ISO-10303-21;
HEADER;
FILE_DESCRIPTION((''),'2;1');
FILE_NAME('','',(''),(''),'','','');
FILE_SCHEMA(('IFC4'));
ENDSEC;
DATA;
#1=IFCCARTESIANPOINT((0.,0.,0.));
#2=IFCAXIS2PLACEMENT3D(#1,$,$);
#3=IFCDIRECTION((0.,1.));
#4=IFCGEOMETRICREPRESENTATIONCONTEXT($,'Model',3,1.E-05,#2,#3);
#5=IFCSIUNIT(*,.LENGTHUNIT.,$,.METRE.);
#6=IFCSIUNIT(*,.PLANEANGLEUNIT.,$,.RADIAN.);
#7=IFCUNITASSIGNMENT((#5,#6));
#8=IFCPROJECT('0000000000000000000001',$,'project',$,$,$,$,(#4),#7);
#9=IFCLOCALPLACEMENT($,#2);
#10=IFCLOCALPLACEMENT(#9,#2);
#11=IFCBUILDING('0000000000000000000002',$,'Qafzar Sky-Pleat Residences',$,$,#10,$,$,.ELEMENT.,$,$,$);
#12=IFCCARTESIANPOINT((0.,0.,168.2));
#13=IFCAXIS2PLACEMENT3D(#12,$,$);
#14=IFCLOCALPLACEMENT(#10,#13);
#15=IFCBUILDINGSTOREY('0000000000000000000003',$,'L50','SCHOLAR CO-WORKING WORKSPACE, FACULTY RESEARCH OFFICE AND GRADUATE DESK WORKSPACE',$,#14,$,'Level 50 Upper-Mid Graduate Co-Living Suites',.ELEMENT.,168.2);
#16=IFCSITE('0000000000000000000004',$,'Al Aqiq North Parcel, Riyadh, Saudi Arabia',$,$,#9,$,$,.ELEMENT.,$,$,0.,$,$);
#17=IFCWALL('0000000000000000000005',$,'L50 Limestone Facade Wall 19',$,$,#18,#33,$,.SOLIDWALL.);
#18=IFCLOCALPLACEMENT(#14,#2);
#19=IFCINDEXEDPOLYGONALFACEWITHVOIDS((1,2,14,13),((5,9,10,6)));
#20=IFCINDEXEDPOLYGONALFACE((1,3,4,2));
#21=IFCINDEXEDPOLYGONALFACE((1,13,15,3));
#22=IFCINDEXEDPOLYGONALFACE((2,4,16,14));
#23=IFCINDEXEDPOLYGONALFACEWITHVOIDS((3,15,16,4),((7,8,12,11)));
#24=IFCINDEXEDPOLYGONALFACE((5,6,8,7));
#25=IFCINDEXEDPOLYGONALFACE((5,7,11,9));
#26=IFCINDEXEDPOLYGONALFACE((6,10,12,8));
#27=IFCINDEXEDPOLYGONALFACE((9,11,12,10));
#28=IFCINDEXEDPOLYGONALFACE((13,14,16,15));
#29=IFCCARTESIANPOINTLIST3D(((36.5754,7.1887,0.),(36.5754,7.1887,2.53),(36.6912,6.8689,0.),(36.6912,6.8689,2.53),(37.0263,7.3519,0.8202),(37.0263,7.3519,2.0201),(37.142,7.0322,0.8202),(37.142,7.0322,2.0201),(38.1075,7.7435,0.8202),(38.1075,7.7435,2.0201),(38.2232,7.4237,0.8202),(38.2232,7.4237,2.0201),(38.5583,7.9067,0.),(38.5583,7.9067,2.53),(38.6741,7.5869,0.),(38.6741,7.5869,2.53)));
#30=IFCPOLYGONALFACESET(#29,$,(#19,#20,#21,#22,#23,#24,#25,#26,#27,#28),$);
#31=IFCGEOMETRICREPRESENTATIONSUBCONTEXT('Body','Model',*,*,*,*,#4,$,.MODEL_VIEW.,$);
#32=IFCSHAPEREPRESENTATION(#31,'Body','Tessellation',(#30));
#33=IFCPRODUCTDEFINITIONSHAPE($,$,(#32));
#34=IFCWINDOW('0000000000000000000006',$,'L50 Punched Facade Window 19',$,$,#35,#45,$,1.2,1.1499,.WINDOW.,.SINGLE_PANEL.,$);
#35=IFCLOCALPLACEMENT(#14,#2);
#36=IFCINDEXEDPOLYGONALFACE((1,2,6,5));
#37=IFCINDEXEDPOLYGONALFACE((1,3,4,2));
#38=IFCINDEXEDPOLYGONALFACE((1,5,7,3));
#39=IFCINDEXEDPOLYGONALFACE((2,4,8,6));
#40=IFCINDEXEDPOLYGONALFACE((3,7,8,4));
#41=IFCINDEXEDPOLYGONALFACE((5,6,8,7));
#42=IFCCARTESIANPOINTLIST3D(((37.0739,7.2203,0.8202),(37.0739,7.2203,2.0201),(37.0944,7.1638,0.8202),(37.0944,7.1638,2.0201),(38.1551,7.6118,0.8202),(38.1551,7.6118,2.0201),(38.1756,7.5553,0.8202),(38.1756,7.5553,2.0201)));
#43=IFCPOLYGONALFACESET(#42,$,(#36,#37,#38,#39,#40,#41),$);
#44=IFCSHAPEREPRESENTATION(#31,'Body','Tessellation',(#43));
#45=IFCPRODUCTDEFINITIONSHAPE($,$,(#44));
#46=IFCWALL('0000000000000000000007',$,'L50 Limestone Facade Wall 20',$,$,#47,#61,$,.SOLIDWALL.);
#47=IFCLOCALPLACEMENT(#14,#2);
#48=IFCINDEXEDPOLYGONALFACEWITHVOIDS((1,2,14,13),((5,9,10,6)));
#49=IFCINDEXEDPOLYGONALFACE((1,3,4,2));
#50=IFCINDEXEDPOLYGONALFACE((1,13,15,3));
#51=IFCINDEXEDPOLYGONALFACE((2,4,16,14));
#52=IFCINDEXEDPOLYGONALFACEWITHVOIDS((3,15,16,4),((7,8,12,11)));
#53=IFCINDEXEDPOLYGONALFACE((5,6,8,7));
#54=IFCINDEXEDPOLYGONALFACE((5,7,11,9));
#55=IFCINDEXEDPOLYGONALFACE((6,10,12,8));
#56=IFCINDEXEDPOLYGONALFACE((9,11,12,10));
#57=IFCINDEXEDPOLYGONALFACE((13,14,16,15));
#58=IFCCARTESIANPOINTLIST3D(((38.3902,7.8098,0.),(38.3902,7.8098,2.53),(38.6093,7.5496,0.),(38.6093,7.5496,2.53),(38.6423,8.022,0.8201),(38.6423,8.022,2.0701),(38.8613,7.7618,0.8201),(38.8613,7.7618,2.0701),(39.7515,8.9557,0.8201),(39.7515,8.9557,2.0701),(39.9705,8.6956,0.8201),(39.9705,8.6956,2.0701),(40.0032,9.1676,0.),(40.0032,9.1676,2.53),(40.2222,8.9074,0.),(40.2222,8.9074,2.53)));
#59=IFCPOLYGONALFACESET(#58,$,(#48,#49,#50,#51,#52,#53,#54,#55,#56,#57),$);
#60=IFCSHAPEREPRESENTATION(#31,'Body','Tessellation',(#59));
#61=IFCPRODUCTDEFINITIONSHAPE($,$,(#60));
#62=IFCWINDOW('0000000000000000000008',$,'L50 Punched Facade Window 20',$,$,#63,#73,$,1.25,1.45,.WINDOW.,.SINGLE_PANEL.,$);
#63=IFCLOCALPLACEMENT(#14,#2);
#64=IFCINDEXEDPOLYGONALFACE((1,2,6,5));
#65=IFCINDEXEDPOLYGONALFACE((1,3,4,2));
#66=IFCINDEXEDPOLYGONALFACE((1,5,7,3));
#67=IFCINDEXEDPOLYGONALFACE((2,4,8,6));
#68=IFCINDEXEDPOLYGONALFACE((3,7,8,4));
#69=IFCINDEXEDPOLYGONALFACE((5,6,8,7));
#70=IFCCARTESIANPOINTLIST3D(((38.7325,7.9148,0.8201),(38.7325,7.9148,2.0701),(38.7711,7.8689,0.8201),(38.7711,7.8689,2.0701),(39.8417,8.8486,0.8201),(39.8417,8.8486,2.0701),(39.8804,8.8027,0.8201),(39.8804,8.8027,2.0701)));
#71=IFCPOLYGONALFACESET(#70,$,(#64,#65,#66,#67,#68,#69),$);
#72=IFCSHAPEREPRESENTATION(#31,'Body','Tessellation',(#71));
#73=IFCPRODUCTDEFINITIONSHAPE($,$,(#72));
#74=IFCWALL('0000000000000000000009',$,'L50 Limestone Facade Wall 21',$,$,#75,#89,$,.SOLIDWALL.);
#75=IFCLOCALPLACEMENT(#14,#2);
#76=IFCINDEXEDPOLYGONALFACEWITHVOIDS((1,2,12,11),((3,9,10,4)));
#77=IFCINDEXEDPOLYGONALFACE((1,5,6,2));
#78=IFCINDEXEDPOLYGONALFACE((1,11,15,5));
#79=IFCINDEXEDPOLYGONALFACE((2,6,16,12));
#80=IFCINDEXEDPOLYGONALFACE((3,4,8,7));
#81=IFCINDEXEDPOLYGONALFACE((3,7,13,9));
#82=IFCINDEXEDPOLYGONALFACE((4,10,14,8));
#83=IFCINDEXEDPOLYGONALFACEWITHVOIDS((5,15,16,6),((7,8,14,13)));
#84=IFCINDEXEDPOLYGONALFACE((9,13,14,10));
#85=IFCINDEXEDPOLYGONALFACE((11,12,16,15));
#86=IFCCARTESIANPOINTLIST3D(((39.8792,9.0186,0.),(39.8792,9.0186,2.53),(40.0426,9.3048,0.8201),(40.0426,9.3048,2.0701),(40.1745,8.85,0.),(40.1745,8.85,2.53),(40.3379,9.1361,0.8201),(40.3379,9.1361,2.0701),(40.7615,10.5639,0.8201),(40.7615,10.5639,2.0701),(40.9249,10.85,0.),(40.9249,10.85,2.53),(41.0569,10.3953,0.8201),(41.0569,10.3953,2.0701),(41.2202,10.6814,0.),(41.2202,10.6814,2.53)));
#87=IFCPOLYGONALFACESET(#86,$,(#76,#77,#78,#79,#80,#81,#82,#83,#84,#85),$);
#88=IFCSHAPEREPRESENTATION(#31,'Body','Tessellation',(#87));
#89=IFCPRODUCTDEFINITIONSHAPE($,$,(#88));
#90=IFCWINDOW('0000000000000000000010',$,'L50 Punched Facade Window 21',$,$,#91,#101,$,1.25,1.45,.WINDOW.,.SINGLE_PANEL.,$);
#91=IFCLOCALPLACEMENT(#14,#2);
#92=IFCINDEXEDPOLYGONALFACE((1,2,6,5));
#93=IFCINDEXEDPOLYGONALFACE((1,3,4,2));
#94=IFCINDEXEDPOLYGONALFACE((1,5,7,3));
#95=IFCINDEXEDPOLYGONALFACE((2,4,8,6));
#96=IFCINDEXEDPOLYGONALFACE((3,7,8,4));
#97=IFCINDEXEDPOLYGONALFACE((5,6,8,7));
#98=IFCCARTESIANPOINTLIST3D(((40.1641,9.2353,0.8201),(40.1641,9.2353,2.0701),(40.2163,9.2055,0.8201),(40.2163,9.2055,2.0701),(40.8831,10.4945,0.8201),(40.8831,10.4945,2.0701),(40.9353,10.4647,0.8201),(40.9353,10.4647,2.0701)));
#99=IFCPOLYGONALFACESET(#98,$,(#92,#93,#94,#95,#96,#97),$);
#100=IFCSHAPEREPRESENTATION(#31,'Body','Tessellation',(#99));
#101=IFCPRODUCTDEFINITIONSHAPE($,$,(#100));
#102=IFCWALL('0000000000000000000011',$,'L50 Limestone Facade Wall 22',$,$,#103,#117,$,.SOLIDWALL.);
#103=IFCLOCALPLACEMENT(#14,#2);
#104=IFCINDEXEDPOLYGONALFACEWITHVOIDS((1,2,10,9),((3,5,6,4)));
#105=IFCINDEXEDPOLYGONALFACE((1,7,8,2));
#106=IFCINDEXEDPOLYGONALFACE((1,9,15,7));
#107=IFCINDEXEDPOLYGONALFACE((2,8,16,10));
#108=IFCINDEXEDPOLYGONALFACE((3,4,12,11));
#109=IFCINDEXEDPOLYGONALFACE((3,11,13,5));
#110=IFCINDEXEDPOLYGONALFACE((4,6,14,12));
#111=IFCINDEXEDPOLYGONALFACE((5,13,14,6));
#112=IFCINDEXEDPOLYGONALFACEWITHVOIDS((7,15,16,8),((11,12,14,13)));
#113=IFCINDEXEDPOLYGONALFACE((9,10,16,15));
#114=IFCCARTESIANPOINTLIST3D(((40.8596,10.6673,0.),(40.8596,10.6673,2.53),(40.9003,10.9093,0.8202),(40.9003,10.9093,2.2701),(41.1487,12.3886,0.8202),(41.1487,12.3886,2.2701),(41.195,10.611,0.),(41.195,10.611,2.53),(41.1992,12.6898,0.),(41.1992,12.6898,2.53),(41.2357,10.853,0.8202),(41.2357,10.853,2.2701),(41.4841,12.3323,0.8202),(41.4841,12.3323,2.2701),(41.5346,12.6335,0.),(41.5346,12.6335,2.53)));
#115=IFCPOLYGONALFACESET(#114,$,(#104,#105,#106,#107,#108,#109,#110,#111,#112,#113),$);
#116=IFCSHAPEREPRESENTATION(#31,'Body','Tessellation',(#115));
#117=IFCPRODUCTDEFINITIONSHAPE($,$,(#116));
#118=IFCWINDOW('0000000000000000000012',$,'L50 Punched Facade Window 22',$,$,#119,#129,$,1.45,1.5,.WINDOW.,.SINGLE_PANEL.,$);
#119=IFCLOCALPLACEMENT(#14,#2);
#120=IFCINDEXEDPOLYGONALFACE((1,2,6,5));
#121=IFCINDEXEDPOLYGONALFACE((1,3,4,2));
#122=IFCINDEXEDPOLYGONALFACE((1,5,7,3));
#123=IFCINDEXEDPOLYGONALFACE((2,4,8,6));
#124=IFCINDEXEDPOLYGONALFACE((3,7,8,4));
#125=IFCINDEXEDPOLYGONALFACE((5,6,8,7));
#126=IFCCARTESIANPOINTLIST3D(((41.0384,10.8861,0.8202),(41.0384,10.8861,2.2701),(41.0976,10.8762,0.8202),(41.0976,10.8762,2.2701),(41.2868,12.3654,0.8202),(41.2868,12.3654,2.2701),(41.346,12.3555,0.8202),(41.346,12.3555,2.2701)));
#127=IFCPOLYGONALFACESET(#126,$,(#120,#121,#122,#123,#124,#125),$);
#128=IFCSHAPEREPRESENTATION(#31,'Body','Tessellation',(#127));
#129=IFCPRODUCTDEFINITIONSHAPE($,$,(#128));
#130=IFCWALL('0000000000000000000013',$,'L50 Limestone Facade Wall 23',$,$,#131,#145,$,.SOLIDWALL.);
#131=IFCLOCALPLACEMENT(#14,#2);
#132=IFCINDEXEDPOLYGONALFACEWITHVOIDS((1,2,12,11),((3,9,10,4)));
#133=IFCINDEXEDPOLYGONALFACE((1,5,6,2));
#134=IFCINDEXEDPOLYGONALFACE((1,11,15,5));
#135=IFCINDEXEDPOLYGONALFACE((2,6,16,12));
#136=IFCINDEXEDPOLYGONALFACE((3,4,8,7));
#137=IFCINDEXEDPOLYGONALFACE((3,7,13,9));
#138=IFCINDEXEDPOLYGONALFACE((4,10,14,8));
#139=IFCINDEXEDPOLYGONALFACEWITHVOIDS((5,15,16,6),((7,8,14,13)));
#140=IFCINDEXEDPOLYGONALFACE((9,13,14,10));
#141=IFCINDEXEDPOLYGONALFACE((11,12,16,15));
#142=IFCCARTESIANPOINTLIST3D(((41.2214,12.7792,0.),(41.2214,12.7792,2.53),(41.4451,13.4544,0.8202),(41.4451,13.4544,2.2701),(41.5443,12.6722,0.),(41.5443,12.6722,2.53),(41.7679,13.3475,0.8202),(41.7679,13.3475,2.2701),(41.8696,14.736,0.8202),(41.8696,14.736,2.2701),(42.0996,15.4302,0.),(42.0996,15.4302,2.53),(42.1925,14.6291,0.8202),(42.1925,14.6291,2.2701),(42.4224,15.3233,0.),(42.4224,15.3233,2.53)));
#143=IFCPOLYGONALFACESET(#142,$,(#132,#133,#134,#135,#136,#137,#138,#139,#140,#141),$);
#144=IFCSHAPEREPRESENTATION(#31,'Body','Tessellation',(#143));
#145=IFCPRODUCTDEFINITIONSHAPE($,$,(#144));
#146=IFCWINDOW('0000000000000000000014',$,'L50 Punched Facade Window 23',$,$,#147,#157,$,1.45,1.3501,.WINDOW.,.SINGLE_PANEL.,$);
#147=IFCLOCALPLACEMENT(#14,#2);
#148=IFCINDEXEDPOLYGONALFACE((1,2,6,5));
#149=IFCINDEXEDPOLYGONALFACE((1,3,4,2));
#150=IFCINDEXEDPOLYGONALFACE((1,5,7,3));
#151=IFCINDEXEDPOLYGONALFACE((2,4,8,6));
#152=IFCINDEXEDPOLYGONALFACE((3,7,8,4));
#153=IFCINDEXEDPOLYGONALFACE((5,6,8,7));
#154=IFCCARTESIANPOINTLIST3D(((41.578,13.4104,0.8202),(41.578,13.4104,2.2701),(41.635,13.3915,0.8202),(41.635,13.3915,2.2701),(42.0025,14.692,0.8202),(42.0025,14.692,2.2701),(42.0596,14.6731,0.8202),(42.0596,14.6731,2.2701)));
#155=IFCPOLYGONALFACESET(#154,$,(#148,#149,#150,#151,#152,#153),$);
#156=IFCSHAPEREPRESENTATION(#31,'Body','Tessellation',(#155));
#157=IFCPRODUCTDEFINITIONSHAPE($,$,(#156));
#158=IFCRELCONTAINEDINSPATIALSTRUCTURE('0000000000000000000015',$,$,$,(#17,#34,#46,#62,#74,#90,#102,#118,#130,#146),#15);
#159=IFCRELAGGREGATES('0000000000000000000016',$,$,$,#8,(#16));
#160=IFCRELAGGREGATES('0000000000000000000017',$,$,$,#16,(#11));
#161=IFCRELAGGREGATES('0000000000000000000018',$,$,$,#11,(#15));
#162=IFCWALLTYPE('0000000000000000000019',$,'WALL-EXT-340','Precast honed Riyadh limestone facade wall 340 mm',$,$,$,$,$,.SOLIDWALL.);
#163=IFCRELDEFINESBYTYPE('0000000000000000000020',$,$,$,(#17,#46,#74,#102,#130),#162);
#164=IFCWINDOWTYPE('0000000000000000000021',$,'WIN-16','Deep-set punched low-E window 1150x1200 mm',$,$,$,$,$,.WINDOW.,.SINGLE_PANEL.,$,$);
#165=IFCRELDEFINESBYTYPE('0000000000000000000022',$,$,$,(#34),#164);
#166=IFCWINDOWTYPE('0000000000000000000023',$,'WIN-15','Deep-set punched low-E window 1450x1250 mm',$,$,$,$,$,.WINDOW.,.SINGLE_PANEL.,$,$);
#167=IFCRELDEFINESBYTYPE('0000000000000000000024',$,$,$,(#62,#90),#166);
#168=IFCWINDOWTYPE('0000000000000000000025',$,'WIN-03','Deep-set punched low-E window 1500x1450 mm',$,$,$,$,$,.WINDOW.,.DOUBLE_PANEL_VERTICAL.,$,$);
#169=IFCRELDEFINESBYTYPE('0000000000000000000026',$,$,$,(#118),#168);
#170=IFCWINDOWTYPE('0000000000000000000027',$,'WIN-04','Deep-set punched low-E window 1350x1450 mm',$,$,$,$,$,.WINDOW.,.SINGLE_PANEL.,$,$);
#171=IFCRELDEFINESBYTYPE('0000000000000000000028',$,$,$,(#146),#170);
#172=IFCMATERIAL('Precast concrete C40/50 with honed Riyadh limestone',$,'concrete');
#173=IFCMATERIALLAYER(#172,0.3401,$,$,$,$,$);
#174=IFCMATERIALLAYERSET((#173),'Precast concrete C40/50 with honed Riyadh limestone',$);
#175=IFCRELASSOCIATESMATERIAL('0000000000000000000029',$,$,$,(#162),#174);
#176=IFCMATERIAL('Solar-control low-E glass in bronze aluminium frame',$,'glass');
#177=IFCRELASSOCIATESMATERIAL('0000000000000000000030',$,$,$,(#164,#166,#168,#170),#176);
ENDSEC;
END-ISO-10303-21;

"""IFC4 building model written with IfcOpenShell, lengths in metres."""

from ifc_helpers import new_model, si_unit, direction, frame, frame_2d, origin, place, context, subcontext, project, spatial, rectangle, extrude, source, transform, mapped, material, layer, layer_set, type_object, element, fill, save


model = new_model("IFC4")

# Units and contexts
model_context = context("Model", 3, precision=1e-05, world=origin(), true_north=direction((0.0, 1.0)))
body_context = subcontext(model_context, "Body", "Model", "MODEL_VIEW")
ifc_project = project(units=[si_unit("LENGTHUNIT", "METRE"), si_unit("PLANEANGLEUNIT", "RADIAN")], contexts=[model_context])

# Site, building, storey
site_placement = place(None, origin())
site = spatial("IfcSite", under=ifc_project, at=site_placement, Name="Al Aqiq North Parcel, Riyadh, Saudi Arabia", CompositionType="ELEMENT", RefElevation=0.0)
building_placement = place(site_placement, origin())
building = spatial("IfcBuilding", under=site, at=building_placement, Name="Qafzar Sky-Pleat Residences", CompositionType="ELEMENT")
storey_placement = place(building_placement, frame((0.0, 0.0, 168.2)))
storey = spatial("IfcBuildingStorey", under=building, at=storey_placement, Name="L50", Description="SCHOLAR CO-WORKING WORKSPACE, FACULTY RESEARCH OFFICE AND GRADUATE DESK WORKSPACE", LongName="Level 50 Upper-Mid Graduate Co-Living Suites", CompositionType="ELEMENT", Elevation=168.2)

# Walls, openings, windows
ifc_material_1 = material(Name="Precast concrete C40/50 with honed Riyadh limestone", Category="concrete")
ifc_layer_1 = layer(ifc_material_1, 0.3401)
ifc_layer_set_1 = layer_set([ifc_layer_1], Name="Precast concrete C40/50 with honed Riyadh limestone")
wall_type = type_object("IfcWallType", Name="WALL-EXT-340", Description="Precast honed Riyadh limestone facade wall 340 mm", PredefinedType="SOLIDWALL", material=ifc_layer_set_1)
wall_1_placement = place(storey_placement, frame((36.6333, 7.0288, 0.0), z_axis=(0.0, 0.0, 1.0), x_axis=(0.940256, 0.340469, 0.0)))
wall_1 = element("IfcWall", 1, at=wall_1_placement, inside=storey, type_object=wall_type, Name="L50 Limestone Facade Wall 19", PredefinedType="SOLIDWALL", context=body_context, shape_type="SweptSolid", body=[
    extrude(rectangle(XDim=2.1089, YDim=0.3401, at=frame_2d((1.0544, 0.0))), origin(), (0.0, 0.0, 1.0), 2.53),
])
opening_1_placement = place(wall_1_placement, frame((0.4795, 0.0, 0.8201)))
opening_1 = element("IfcOpeningElement", 2, at=opening_1_placement, cuts=wall_1, PredefinedType="OPENING", context=body_context, shape_type="SweptSolid", body=[
    extrude(rectangle(XDim=1.1499, YDim=1.2, at=frame_2d((0.575, 0.6001))), frame((0.0, 0.1802, 0.0), z_axis=(0.0, -1.0, 0.0), x_axis=(1.0, 0.0, 0.0)), (0.0, 0.0, 1.0), 0.3601),
])
ifc_material_2 = material(Name="Solar-control low-E glass in bronze aluminium frame", Category="glass")
window_type_1 = type_object("IfcWindowType", Name="WIN-16", Description="Deep-set punched low-E window 1150x1200 mm", PartitioningType="SINGLE_PANEL", PredefinedType="WINDOW", material=ifc_material_2)
shared_shape_1 = source(origin(), body_context, "Body", "SweptSolid", [
    extrude(rectangle(XDim=1.1499, YDim=1.2, at=frame_2d((0.575, 0.6001))), frame((0.0, 0.03, 0.0), z_axis=(0.0, -1.0, 0.0), x_axis=(1.0, 0.0, 0.0)), (0.0, 0.0, 1.0), 0.0601),
])
window_1_placement = place(opening_1_placement, origin())
window_1 = element("IfcWindow", 3, at=window_1_placement, inside=storey, type_object=window_type_1, Name="L50 Punched Facade Window 19", OverallHeight=1.2, OverallWidth=1.1499, PartitioningType="SINGLE_PANEL", PredefinedType="WINDOW", context=body_context, shape_type="MappedRepresentation", body=[
    mapped(shared_shape_1, transform((0.0, 0.0, 0.0), x_axis=(1.0, 0.0, 0.0), y_axis=(0.0, 1.0, 0.0), z_axis=(0.0, 0.0, 1.0), scale=1.0)),
])
fill(opening_1, window_1)
wall_2_placement = place(storey_placement, frame((38.4998, 7.6797, 0.0), z_axis=(0.0, 0.0, 1.0), x_axis=(0.765013, 0.644015, 0.0)))
wall_2 = element("IfcWall", 4, at=wall_2_placement, inside=storey, type_object=wall_type, Name="L50 Limestone Facade Wall 20", PredefinedType="SOLIDWALL", context=body_context, shape_type="SweptSolid", body=[
    extrude(rectangle(XDim=2.1084, YDim=0.3401, at=frame_2d((1.0542, 0.0))), origin(), (0.0, 0.0, 1.0), 2.53),
])
opening_2_placement = place(wall_2_placement, frame((0.3293, 0.0, 0.8201)))
opening_2 = element("IfcOpeningElement", 5, at=opening_2_placement, cuts=wall_2, PredefinedType="OPENING", context=body_context, shape_type="SweptSolid", body=[
    extrude(rectangle(XDim=1.45, YDim=1.25, at=frame_2d((0.7251, 0.625))), frame((0.0, 0.1802, 0.0), z_axis=(0.0, -1.0, 0.0), x_axis=(1.0, 0.0, 0.0)), (0.0, 0.0, 1.0), 0.3601),
])
window_type_2 = type_object("IfcWindowType", Name="WIN-15", Description="Deep-set punched low-E window 1450x1250 mm", PartitioningType="SINGLE_PANEL", PredefinedType="WINDOW", material=ifc_material_2)
shared_shape_2 = source(origin(), body_context, "Body", "SweptSolid", [
    extrude(rectangle(XDim=1.45, YDim=1.25, at=frame_2d((0.7251, 0.625))), frame((0.0, 0.03, 0.0), z_axis=(0.0, -1.0, 0.0), x_axis=(1.0, 0.0, 0.0)), (0.0, 0.0, 1.0), 0.0601),
])
window_2_placement = place(opening_2_placement, origin())
window_2 = element("IfcWindow", 6, at=window_2_placement, inside=storey, type_object=window_type_2, Name="L50 Punched Facade Window 20", OverallHeight=1.25, OverallWidth=1.45, PartitioningType="SINGLE_PANEL", PredefinedType="WINDOW", context=body_context, shape_type="MappedRepresentation", body=[
    mapped(shared_shape_2, transform((0.0, 0.0, 0.0), x_axis=(1.0, 0.0, 0.0), y_axis=(0.0, 1.0, 0.0), z_axis=(0.0, 0.0, 1.0), scale=1.0)),
])
fill(opening_2, window_2)
wall_3_placement = place(storey_placement, frame((40.0269, 8.9343, 0.0), z_axis=(0.0, 0.0, 1.0), x_axis=(0.495852, 0.868407, 0.0)))
wall_3 = element("IfcWall", 7, at=wall_3_placement, inside=storey, type_object=wall_type, Name="L50 Limestone Facade Wall 21", PredefinedType="SOLIDWALL", context=body_context, shape_type="SweptSolid", body=[
    extrude(rectangle(XDim=2.1089, YDim=0.3401, at=frame_2d((1.0544, 0.0))), origin(), (0.0, 0.0, 1.0), 2.53),
])
opening_3_placement = place(wall_3_placement, frame((0.3293, 0.0, 0.8201)))
opening_3 = element("IfcOpeningElement", 8, at=opening_3_placement, cuts=wall_3, PredefinedType="OPENING", context=body_context, shape_type="SweptSolid", body=[
    extrude(rectangle(XDim=1.45, YDim=1.25, at=frame_2d((0.7251, 0.625))), frame((0.0, 0.1802, 0.0), z_axis=(0.0, -1.0, 0.0), x_axis=(1.0, 0.0, 0.0)), (0.0, 0.0, 1.0), 0.3601),
])
window_3_placement = place(opening_3_placement, origin())
window_3 = element("IfcWindow", 9, at=window_3_placement, inside=storey, type_object=window_type_2, Name="L50 Punched Facade Window 21", OverallHeight=1.25, OverallWidth=1.45, PartitioningType="SINGLE_PANEL", PredefinedType="WINDOW", context=body_context, shape_type="MappedRepresentation", body=[
    mapped(shared_shape_2, transform((0.0, 0.0, 0.0), x_axis=(1.0, 0.0, 0.0), y_axis=(0.0, 1.0, 0.0), z_axis=(0.0, 0.0, 1.0), scale=1.0)),
])
fill(opening_3, window_3)
wall_4_placement = place(storey_placement, frame((41.0273, 10.6392, 0.0), z_axis=(0.0, 0.0, 1.0), x_axis=(0.165596, 0.986194, 0.0)))
wall_4 = element("IfcWall", 10, at=wall_4_placement, inside=storey, type_object=wall_type, Name="L50 Limestone Facade Wall 22", PredefinedType="SOLIDWALL", context=body_context, shape_type="SweptSolid", body=[
    extrude(rectangle(XDim=2.0508, YDim=0.3401, at=frame_2d((1.0254, 0.0))), origin(), (0.0, 0.0, 1.0), 2.53),
])
opening_4_placement = place(wall_4_placement, frame((0.2454, 0.0, 0.8201)))
opening_4 = element("IfcOpeningElement", 11, at=opening_4_placement, cuts=wall_4, PredefinedType="OPENING", context=body_context, shape_type="SweptSolid", body=[
    extrude(rectangle(XDim=1.5, YDim=1.45, at=frame_2d((0.75, 0.7251))), frame((0.0, 0.1802, 0.0), z_axis=(0.0, -1.0, 0.0), x_axis=(1.0, 0.0, 0.0)), (0.0, 0.0, 1.0), 0.3601),
])
window_type_3 = type_object("IfcWindowType", Name="WIN-03", Description="Deep-set punched low-E window 1500x1450 mm", PartitioningType="DOUBLE_PANEL_VERTICAL", PredefinedType="WINDOW", material=ifc_material_2)
shared_shape_3 = source(origin(), body_context, "Body", "SweptSolid", [
    extrude(rectangle(XDim=1.5, YDim=1.45, at=frame_2d((0.75, 0.7251))), frame((0.0, 0.03, 0.0), z_axis=(0.0, -1.0, 0.0), x_axis=(1.0, 0.0, 0.0)), (0.0, 0.0, 1.0), 0.0601),
])
window_4_placement = place(opening_4_placement, origin())
window_4 = element("IfcWindow", 12, at=window_4_placement, inside=storey, type_object=window_type_3, Name="L50 Punched Facade Window 22", OverallHeight=1.45, OverallWidth=1.5, PartitioningType="SINGLE_PANEL", PredefinedType="WINDOW", context=body_context, shape_type="MappedRepresentation", body=[
    mapped(shared_shape_3, transform((0.0, 0.0, 0.0), x_axis=(1.0, 0.0, 0.0), y_axis=(0.0, 1.0, 0.0), z_axis=(0.0, 0.0, 1.0), scale=1.0)),
])
fill(opening_4, window_4)
wall_5_placement = place(storey_placement, frame((41.3828, 12.7256, 0.0), z_axis=(0.0, 0.0, 1.0), x_axis=(0.314444, 0.949276, 0.0)))
wall_5 = element("IfcWall", 13, at=wall_5_placement, inside=storey, type_object=wall_type, Name="L50 Limestone Facade Wall 23", PredefinedType="SOLIDWALL", context=body_context, shape_type="SweptSolid", body=[
    extrude(rectangle(XDim=2.7927, YDim=0.3401, at=frame_2d((1.3965, 0.0))), origin(), (0.0, 0.0, 1.0), 2.53),
])
opening_5_placement = place(wall_5_placement, frame((0.7114, 0.0, 0.8201)))
opening_5 = element("IfcOpeningElement", 14, at=opening_5_placement, cuts=wall_5, PredefinedType="OPENING", context=body_context, shape_type="SweptSolid", body=[
    extrude(rectangle(XDim=1.3501, YDim=1.45, at=frame_2d((0.675, 0.7251))), frame((0.0, 0.1802, 0.0), z_axis=(0.0, -1.0, 0.0), x_axis=(1.0, 0.0, 0.0)), (0.0, 0.0, 1.0), 0.3601),
])
window_type_4 = type_object("IfcWindowType", Name="WIN-04", Description="Deep-set punched low-E window 1350x1450 mm", PartitioningType="SINGLE_PANEL", PredefinedType="WINDOW", material=ifc_material_2)
shared_shape_4 = source(origin(), body_context, "Body", "SweptSolid", [
    extrude(rectangle(XDim=1.3501, YDim=1.45, at=frame_2d((0.675, 0.7251))), frame((0.0, 0.03, 0.0), z_axis=(0.0, -1.0, 0.0), x_axis=(1.0, 0.0, 0.0)), (0.0, 0.0, 1.0), 0.0601),
])
window_5_placement = place(opening_5_placement, origin())
window_5 = element("IfcWindow", 15, at=window_5_placement, inside=storey, type_object=window_type_4, Name="L50 Punched Facade Window 23", OverallHeight=1.45, OverallWidth=1.3501, PartitioningType="SINGLE_PANEL", PredefinedType="WINDOW", context=body_context, shape_type="MappedRepresentation", body=[
    mapped(shared_shape_4, transform((0.0, 0.0, 0.0), x_axis=(1.0, 0.0, 0.0), y_axis=(0.0, 1.0, 0.0), z_axis=(0.0, 0.0, 1.0), scale=1.0)),
])
fill(opening_5, window_5)

save(model, "model.ifc")
